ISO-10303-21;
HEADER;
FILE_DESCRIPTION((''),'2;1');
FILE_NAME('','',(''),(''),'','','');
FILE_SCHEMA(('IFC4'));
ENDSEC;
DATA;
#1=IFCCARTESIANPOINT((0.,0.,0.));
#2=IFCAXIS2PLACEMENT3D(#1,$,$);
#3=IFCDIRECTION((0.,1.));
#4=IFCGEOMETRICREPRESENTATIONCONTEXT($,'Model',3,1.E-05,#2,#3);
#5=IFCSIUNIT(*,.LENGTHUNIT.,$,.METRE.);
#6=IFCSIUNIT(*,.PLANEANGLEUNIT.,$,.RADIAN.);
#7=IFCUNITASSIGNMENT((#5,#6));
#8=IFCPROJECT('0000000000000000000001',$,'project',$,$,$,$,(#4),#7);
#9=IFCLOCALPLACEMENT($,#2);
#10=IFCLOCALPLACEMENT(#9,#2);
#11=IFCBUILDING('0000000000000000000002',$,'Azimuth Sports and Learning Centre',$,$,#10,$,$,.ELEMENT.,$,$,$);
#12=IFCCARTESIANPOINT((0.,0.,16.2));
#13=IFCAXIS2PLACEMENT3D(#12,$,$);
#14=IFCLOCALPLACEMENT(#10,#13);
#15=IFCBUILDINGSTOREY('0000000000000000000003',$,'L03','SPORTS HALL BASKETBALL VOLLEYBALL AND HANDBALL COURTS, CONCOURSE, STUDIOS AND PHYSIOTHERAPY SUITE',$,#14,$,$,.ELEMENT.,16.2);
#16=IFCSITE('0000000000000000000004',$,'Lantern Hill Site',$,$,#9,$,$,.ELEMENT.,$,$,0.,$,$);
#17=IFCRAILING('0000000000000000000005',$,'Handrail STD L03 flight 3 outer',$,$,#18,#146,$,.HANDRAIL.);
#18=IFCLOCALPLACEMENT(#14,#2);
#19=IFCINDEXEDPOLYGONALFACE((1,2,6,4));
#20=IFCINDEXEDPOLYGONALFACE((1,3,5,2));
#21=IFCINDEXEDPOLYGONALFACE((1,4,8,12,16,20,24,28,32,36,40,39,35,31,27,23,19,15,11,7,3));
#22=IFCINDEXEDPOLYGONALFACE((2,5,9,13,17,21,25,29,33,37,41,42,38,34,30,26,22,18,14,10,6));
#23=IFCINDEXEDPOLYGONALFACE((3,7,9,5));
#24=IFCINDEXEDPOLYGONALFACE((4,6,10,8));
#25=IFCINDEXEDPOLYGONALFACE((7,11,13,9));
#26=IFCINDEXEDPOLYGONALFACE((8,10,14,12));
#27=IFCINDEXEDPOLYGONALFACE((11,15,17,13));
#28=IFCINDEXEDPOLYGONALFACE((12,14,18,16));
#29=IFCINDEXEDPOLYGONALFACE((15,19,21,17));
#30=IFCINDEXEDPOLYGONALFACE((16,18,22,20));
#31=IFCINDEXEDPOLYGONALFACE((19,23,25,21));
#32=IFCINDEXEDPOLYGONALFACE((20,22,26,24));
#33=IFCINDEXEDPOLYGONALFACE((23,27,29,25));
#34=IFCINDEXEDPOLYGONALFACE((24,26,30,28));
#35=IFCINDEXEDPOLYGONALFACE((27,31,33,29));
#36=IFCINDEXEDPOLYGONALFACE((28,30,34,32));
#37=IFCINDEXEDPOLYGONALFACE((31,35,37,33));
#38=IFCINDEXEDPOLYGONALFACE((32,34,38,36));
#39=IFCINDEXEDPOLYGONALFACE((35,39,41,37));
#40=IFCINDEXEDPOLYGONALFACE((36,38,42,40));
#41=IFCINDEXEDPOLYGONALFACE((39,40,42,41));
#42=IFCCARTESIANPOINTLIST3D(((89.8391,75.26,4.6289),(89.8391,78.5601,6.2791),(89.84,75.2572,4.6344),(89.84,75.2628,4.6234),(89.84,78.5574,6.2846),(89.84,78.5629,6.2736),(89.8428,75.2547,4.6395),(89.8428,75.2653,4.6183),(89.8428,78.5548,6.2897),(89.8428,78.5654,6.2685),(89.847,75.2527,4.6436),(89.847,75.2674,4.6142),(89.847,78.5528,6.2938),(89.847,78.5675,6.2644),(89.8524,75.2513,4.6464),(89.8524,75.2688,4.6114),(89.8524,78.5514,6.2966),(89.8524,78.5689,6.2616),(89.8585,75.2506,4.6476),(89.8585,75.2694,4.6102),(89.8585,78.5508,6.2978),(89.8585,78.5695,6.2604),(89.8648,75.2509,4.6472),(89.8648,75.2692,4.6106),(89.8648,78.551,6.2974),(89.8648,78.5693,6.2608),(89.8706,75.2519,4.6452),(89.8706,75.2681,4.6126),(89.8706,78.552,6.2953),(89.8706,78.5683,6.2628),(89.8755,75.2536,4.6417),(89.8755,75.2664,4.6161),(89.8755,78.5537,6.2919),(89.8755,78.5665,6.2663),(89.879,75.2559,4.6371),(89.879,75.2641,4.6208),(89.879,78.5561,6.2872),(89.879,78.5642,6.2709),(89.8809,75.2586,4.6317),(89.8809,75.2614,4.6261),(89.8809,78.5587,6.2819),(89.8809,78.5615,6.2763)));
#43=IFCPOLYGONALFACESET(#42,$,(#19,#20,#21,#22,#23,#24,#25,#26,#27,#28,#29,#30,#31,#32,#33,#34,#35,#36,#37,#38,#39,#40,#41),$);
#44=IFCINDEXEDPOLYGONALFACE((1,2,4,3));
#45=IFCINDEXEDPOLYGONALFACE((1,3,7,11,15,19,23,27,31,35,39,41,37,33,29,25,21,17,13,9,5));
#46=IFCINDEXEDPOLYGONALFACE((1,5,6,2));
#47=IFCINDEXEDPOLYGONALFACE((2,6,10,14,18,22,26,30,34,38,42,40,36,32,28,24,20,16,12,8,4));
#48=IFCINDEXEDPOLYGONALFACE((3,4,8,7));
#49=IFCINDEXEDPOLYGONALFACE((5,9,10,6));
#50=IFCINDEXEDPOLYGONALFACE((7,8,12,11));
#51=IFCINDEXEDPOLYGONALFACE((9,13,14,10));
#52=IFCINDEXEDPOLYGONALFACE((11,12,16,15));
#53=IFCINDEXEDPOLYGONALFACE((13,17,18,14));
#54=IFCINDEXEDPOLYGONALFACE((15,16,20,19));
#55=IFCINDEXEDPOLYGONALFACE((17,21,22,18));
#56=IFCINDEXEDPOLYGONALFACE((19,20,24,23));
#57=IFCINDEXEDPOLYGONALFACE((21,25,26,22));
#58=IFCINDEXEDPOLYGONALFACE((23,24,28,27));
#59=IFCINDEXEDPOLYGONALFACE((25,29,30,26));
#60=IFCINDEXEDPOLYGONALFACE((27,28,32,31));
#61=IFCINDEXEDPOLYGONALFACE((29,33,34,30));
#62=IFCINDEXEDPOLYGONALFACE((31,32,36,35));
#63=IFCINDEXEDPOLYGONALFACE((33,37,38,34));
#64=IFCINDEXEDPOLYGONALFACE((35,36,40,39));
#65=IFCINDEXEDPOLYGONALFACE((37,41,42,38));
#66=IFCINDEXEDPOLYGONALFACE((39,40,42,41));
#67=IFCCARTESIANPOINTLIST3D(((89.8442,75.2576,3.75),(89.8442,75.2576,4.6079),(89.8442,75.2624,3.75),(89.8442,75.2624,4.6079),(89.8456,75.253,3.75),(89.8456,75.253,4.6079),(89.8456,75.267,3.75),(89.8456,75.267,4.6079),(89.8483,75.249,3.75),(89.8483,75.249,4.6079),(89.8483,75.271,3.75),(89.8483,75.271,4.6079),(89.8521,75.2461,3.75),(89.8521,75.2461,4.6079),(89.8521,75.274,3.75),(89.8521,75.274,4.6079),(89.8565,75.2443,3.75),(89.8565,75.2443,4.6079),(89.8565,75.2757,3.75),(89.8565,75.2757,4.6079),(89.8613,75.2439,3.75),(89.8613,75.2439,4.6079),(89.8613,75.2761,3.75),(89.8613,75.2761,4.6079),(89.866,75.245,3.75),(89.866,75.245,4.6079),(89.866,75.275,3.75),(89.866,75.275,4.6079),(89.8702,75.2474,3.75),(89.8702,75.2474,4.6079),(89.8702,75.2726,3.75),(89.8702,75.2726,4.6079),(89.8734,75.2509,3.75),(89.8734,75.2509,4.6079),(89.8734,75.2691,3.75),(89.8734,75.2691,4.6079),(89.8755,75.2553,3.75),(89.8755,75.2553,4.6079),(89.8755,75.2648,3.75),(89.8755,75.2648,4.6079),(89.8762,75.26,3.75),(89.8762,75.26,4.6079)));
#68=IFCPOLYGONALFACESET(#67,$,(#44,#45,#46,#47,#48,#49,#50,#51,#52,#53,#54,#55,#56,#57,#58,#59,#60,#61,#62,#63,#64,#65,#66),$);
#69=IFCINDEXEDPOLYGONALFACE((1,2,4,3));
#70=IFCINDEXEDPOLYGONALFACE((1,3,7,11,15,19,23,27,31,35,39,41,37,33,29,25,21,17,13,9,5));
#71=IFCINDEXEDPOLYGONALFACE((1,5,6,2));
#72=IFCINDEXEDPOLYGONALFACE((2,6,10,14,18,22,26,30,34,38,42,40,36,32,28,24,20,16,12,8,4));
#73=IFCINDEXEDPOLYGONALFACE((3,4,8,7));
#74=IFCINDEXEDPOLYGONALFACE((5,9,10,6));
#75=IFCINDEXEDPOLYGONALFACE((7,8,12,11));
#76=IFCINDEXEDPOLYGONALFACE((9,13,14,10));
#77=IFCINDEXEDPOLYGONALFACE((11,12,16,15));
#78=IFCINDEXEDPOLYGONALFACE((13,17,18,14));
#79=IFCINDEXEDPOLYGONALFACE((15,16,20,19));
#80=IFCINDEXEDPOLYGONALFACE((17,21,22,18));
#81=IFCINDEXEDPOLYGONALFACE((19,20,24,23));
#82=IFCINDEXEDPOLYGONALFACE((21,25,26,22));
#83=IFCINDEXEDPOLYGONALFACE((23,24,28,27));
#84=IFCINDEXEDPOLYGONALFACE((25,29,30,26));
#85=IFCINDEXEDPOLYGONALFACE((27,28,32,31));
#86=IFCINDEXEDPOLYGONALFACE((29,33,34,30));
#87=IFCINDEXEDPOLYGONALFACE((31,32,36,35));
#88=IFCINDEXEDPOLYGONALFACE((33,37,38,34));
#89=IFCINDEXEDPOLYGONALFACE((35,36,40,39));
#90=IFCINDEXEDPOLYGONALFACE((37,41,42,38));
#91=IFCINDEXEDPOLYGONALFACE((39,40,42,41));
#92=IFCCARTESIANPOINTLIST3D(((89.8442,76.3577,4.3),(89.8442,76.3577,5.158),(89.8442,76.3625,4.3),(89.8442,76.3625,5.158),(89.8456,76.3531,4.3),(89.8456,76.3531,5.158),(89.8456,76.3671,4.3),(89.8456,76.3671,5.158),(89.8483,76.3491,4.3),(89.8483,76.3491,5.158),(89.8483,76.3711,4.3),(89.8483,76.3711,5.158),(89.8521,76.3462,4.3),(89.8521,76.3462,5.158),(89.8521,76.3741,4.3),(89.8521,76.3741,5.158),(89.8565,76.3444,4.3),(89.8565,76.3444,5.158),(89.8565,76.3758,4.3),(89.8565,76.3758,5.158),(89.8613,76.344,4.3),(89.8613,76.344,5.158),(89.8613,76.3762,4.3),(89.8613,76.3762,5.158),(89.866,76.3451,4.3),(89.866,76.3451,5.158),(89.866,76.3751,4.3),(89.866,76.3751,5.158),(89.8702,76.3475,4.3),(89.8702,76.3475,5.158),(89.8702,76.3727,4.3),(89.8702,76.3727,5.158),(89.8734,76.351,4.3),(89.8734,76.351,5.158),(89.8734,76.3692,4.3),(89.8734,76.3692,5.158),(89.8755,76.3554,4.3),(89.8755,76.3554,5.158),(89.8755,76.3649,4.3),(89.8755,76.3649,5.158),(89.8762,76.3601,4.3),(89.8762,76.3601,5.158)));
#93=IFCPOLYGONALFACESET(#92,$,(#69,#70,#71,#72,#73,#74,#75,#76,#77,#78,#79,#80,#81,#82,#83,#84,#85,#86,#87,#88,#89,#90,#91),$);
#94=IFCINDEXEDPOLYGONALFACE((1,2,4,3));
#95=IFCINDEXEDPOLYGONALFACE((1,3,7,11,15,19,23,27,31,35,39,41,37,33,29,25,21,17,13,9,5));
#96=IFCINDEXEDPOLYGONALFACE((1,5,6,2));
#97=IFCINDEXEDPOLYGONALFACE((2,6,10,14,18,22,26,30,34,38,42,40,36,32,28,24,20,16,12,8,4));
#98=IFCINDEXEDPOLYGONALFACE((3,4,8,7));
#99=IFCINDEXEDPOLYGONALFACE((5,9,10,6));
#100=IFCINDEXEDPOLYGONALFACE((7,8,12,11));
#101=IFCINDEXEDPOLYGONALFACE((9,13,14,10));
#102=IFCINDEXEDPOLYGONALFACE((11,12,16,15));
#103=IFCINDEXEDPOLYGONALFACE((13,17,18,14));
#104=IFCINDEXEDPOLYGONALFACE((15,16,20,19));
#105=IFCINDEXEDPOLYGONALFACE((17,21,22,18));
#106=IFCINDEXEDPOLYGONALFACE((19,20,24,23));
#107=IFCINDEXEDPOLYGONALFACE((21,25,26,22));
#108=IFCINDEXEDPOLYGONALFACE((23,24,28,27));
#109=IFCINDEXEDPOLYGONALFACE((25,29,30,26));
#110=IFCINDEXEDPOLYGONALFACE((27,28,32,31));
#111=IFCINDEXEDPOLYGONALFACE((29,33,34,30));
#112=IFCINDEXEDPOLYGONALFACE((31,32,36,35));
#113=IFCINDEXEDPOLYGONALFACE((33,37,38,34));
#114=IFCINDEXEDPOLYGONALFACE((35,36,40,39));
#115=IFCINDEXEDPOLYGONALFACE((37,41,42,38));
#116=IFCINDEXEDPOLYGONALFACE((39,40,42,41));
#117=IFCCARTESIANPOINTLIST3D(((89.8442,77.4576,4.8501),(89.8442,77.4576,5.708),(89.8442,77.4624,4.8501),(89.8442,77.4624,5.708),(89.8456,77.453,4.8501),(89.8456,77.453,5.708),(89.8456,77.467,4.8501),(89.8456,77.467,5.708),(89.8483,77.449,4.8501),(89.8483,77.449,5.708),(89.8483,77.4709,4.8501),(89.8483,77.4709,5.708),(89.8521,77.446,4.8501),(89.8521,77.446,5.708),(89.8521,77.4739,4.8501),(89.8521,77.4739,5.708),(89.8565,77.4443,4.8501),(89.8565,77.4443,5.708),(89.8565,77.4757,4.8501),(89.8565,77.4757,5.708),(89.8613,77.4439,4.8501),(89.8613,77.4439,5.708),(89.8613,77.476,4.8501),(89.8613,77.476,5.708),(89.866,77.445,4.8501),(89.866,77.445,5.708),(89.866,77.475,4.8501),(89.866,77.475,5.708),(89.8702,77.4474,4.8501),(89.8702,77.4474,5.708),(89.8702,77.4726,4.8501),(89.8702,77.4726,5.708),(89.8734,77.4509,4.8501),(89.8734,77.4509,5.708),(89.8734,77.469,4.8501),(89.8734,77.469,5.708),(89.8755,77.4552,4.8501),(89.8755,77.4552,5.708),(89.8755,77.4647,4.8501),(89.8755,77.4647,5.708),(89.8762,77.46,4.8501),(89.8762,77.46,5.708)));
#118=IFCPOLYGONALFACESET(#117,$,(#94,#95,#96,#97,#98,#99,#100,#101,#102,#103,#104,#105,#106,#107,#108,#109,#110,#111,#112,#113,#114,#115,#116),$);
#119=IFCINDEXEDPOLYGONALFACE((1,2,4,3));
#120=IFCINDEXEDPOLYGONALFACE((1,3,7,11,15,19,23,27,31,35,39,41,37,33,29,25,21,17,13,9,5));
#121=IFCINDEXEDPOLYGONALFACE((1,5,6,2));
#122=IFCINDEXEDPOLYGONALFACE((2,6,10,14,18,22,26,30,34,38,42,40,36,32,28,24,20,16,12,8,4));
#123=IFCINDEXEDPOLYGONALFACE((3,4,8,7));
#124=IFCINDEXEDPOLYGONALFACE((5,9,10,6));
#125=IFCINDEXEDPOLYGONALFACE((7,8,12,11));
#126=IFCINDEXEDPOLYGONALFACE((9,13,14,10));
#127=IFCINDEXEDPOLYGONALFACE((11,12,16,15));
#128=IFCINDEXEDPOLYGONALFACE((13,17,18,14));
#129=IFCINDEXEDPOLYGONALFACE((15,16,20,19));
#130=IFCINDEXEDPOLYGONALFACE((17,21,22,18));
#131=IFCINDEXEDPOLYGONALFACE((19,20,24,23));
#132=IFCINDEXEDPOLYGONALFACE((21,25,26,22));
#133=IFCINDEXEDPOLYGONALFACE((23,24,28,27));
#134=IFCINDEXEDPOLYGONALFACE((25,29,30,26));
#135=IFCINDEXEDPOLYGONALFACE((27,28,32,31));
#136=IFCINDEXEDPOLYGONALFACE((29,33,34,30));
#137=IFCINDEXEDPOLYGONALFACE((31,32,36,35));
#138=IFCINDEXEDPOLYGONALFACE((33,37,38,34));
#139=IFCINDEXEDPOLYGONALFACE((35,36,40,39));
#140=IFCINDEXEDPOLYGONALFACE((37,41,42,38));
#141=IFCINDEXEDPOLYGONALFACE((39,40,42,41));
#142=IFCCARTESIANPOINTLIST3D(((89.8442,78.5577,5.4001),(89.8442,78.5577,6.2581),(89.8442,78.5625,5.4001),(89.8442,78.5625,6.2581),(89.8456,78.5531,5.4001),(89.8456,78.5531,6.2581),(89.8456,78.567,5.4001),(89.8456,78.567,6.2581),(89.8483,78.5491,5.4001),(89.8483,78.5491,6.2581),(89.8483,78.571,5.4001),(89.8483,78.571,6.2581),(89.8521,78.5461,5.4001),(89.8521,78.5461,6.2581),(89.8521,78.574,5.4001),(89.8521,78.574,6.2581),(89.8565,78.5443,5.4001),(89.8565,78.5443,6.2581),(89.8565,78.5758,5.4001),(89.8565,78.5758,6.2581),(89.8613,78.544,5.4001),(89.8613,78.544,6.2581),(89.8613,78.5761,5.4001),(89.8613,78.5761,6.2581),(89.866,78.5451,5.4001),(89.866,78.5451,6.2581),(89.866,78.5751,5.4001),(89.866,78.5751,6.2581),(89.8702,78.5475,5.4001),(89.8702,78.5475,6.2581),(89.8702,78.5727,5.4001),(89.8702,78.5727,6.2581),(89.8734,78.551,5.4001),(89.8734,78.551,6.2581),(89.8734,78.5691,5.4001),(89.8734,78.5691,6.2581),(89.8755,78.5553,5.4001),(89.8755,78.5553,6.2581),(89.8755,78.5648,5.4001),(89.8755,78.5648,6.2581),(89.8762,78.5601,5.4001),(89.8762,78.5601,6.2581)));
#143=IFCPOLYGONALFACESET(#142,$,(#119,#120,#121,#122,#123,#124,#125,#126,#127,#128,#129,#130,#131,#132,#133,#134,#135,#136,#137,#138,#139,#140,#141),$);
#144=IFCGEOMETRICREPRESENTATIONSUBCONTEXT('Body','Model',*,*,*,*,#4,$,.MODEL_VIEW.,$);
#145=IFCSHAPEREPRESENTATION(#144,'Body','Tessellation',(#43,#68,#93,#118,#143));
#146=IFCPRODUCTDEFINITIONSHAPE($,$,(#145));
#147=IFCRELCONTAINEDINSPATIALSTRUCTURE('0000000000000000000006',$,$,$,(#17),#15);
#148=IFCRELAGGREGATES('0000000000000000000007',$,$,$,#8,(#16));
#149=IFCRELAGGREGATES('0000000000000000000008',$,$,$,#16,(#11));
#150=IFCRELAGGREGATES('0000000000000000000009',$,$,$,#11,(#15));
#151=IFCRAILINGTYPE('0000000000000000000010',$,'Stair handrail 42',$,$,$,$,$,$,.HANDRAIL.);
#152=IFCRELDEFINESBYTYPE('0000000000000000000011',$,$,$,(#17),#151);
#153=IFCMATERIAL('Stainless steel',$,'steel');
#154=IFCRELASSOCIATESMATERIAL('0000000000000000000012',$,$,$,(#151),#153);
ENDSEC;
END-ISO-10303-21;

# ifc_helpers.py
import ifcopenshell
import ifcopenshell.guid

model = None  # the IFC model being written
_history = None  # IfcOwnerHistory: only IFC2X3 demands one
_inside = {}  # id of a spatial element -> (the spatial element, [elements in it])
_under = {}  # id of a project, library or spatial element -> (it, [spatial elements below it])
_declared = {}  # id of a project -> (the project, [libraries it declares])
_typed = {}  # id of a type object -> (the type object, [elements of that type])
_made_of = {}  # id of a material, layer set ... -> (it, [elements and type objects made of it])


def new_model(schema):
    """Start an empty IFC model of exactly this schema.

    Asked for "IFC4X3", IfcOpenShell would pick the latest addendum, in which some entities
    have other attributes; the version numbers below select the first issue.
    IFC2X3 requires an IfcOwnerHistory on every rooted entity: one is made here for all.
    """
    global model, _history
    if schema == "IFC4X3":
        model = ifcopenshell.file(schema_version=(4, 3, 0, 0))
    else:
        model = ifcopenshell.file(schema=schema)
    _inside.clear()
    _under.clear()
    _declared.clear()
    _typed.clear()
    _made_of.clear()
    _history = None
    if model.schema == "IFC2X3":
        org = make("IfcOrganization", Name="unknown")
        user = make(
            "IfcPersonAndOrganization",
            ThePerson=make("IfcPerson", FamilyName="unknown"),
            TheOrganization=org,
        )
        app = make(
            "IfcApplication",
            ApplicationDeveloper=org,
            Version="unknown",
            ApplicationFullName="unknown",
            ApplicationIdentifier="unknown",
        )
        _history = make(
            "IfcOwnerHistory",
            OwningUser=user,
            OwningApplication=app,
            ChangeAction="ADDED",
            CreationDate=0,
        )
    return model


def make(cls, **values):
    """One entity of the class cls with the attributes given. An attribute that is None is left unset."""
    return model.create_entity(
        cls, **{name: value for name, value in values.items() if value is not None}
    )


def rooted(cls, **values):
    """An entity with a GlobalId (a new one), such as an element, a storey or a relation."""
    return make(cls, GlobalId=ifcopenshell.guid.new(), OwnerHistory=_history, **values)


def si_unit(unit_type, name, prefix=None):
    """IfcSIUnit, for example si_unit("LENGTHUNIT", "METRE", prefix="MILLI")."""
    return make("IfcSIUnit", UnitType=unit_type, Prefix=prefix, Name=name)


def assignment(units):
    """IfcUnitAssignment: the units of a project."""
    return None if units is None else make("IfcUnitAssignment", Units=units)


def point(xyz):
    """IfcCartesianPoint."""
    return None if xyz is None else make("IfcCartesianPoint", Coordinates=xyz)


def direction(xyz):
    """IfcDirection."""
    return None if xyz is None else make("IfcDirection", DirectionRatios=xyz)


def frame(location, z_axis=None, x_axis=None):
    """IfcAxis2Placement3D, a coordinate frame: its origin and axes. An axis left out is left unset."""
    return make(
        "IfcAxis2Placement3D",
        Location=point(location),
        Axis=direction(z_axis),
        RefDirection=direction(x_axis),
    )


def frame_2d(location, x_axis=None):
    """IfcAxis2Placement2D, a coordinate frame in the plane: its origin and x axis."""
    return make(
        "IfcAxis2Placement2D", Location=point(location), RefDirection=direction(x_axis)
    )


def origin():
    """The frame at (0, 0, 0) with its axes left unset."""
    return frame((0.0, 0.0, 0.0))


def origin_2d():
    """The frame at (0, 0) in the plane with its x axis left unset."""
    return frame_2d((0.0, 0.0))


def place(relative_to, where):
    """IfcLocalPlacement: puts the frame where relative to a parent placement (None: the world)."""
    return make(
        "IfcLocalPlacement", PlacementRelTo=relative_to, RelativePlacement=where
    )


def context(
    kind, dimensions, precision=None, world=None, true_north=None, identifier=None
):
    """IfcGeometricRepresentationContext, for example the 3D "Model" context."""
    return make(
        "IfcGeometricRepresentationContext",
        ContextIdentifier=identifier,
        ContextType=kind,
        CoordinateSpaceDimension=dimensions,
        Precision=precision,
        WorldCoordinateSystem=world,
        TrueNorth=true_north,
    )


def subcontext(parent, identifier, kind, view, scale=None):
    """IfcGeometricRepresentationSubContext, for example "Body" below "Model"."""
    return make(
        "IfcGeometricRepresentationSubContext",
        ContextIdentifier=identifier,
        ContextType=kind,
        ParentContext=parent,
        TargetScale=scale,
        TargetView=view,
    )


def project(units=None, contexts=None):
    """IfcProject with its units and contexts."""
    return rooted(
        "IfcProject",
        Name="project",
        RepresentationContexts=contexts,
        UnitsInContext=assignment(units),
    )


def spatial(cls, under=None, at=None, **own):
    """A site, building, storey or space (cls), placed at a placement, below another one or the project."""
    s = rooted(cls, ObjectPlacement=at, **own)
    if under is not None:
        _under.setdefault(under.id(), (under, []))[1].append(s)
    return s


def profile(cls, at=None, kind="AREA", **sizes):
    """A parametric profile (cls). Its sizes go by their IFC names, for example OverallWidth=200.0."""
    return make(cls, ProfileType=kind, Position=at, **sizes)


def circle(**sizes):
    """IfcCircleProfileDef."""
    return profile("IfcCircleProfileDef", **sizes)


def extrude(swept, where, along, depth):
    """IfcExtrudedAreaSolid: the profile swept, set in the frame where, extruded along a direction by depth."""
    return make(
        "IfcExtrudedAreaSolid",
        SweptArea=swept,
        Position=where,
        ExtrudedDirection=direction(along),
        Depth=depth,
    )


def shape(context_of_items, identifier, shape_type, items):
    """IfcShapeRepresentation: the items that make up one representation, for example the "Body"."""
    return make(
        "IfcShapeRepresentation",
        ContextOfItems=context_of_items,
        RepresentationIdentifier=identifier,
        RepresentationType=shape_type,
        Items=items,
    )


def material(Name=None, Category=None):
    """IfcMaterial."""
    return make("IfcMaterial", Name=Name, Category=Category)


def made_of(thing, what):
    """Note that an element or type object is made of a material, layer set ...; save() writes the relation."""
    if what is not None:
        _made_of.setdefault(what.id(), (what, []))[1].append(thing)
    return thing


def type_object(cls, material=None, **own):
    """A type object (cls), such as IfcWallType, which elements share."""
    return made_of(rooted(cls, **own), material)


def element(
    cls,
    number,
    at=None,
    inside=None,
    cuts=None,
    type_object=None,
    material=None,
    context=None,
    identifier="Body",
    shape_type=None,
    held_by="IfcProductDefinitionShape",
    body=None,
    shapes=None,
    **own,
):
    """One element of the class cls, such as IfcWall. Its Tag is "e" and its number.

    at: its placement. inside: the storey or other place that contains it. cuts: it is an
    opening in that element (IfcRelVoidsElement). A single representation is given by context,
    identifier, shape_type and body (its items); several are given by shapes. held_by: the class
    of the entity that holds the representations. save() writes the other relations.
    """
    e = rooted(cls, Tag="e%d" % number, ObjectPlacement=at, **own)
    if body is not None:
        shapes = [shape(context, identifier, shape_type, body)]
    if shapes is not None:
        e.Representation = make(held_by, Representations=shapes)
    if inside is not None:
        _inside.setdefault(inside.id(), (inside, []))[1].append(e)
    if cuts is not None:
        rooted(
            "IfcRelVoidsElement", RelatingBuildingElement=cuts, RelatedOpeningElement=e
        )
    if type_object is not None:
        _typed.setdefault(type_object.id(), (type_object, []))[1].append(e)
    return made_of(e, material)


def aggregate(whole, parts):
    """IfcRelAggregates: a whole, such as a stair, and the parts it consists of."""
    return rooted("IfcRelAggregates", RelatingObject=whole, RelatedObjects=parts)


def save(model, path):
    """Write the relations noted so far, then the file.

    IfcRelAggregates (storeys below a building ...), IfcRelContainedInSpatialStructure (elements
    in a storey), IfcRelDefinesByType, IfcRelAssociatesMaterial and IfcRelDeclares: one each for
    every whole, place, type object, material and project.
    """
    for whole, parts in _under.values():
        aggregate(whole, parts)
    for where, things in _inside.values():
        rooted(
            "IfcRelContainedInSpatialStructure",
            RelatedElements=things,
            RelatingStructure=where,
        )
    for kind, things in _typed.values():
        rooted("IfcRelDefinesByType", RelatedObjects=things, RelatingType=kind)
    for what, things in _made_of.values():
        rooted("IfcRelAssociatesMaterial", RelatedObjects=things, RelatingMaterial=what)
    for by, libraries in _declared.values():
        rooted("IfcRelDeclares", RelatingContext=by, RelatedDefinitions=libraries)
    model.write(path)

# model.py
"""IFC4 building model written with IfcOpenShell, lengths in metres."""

from ifc_helpers import new_model, si_unit, direction, frame, origin, origin_2d, place, context, subcontext, project, spatial, circle, extrude, material, type_object, element, save


model = new_model("IFC4")

# Units and contexts
model_context = context("Model", 3, precision=1e-05, world=origin(), true_north=direction((0.0, 1.0)))
body_context = subcontext(model_context, "Body", "Model", "MODEL_VIEW")
ifc_project = project(units=[si_unit("LENGTHUNIT", "METRE"), si_unit("PLANEANGLEUNIT", "RADIAN")], contexts=[model_context])

# Site, building, storey
site_placement = place(None, origin())
site = spatial("IfcSite", under=ifc_project, at=site_placement, Name="Lantern Hill Site", CompositionType="ELEMENT", RefElevation=0.0)
building_placement = place(site_placement, origin())
building = spatial("IfcBuilding", under=site, at=building_placement, Name="Azimuth Sports and Learning Centre", CompositionType="ELEMENT")
storey_placement = place(building_placement, frame((0.0, 0.0, 16.2)))
storey = spatial("IfcBuildingStorey", under=building, at=storey_placement, Name="L03", Description="SPORTS HALL BASKETBALL VOLLEYBALL AND HANDBALL COURTS, CONCOURSE, STUDIOS AND PHYSIOTHERAPY SUITE", CompositionType="ELEMENT", Elevation=16.2)

# Railing
ifc_material_1 = material(Name="Stainless steel", Category="steel")
railing_type_1 = type_object("IfcRailingType", Name="Stair handrail 42", PredefinedType="HANDRAIL", material=ifc_material_1)
for number, where, name in (
    (1, (89.8601, 75.26, 3.75), "Handrail STD L03 flight 3 outer"),
):
    element("IfcRailing", number, at=place(storey_placement, frame(where)), inside=storey, type_object=railing_type_1, Name=name, PredefinedType="HANDRAIL", context=body_context, shape_type="SweptSolid", body=[
        extrude(circle(Radius=0.021, at=origin_2d()), frame((0.0, 0.0, 0.8789), z_axis=(0.0, 0.894414, 0.44724), x_axis=(-1.0, 0.0, 0.0)), (0.0, 0.0, 1.0), 3.6897),
        extrude(circle(Radius=0.0161, at=origin_2d()), origin(), (0.0, 0.0, 1.0), 0.8579),
        extrude(circle(Radius=0.0161, at=origin_2d()), frame((0.0, 1.1001, 0.55)), (0.0, 0.0, 1.0), 0.8579),
        extrude(circle(Radius=0.0161, at=origin_2d()), frame((0.0, 2.2, 1.1001)), (0.0, 0.0, 1.0), 0.8579),
        extrude(circle(Radius=0.0161, at=origin_2d()), frame((0.0, 3.3, 1.6501)), (0.0, 0.0, 1.0), 0.8579),
    ])

save(model, "model.ifc")
